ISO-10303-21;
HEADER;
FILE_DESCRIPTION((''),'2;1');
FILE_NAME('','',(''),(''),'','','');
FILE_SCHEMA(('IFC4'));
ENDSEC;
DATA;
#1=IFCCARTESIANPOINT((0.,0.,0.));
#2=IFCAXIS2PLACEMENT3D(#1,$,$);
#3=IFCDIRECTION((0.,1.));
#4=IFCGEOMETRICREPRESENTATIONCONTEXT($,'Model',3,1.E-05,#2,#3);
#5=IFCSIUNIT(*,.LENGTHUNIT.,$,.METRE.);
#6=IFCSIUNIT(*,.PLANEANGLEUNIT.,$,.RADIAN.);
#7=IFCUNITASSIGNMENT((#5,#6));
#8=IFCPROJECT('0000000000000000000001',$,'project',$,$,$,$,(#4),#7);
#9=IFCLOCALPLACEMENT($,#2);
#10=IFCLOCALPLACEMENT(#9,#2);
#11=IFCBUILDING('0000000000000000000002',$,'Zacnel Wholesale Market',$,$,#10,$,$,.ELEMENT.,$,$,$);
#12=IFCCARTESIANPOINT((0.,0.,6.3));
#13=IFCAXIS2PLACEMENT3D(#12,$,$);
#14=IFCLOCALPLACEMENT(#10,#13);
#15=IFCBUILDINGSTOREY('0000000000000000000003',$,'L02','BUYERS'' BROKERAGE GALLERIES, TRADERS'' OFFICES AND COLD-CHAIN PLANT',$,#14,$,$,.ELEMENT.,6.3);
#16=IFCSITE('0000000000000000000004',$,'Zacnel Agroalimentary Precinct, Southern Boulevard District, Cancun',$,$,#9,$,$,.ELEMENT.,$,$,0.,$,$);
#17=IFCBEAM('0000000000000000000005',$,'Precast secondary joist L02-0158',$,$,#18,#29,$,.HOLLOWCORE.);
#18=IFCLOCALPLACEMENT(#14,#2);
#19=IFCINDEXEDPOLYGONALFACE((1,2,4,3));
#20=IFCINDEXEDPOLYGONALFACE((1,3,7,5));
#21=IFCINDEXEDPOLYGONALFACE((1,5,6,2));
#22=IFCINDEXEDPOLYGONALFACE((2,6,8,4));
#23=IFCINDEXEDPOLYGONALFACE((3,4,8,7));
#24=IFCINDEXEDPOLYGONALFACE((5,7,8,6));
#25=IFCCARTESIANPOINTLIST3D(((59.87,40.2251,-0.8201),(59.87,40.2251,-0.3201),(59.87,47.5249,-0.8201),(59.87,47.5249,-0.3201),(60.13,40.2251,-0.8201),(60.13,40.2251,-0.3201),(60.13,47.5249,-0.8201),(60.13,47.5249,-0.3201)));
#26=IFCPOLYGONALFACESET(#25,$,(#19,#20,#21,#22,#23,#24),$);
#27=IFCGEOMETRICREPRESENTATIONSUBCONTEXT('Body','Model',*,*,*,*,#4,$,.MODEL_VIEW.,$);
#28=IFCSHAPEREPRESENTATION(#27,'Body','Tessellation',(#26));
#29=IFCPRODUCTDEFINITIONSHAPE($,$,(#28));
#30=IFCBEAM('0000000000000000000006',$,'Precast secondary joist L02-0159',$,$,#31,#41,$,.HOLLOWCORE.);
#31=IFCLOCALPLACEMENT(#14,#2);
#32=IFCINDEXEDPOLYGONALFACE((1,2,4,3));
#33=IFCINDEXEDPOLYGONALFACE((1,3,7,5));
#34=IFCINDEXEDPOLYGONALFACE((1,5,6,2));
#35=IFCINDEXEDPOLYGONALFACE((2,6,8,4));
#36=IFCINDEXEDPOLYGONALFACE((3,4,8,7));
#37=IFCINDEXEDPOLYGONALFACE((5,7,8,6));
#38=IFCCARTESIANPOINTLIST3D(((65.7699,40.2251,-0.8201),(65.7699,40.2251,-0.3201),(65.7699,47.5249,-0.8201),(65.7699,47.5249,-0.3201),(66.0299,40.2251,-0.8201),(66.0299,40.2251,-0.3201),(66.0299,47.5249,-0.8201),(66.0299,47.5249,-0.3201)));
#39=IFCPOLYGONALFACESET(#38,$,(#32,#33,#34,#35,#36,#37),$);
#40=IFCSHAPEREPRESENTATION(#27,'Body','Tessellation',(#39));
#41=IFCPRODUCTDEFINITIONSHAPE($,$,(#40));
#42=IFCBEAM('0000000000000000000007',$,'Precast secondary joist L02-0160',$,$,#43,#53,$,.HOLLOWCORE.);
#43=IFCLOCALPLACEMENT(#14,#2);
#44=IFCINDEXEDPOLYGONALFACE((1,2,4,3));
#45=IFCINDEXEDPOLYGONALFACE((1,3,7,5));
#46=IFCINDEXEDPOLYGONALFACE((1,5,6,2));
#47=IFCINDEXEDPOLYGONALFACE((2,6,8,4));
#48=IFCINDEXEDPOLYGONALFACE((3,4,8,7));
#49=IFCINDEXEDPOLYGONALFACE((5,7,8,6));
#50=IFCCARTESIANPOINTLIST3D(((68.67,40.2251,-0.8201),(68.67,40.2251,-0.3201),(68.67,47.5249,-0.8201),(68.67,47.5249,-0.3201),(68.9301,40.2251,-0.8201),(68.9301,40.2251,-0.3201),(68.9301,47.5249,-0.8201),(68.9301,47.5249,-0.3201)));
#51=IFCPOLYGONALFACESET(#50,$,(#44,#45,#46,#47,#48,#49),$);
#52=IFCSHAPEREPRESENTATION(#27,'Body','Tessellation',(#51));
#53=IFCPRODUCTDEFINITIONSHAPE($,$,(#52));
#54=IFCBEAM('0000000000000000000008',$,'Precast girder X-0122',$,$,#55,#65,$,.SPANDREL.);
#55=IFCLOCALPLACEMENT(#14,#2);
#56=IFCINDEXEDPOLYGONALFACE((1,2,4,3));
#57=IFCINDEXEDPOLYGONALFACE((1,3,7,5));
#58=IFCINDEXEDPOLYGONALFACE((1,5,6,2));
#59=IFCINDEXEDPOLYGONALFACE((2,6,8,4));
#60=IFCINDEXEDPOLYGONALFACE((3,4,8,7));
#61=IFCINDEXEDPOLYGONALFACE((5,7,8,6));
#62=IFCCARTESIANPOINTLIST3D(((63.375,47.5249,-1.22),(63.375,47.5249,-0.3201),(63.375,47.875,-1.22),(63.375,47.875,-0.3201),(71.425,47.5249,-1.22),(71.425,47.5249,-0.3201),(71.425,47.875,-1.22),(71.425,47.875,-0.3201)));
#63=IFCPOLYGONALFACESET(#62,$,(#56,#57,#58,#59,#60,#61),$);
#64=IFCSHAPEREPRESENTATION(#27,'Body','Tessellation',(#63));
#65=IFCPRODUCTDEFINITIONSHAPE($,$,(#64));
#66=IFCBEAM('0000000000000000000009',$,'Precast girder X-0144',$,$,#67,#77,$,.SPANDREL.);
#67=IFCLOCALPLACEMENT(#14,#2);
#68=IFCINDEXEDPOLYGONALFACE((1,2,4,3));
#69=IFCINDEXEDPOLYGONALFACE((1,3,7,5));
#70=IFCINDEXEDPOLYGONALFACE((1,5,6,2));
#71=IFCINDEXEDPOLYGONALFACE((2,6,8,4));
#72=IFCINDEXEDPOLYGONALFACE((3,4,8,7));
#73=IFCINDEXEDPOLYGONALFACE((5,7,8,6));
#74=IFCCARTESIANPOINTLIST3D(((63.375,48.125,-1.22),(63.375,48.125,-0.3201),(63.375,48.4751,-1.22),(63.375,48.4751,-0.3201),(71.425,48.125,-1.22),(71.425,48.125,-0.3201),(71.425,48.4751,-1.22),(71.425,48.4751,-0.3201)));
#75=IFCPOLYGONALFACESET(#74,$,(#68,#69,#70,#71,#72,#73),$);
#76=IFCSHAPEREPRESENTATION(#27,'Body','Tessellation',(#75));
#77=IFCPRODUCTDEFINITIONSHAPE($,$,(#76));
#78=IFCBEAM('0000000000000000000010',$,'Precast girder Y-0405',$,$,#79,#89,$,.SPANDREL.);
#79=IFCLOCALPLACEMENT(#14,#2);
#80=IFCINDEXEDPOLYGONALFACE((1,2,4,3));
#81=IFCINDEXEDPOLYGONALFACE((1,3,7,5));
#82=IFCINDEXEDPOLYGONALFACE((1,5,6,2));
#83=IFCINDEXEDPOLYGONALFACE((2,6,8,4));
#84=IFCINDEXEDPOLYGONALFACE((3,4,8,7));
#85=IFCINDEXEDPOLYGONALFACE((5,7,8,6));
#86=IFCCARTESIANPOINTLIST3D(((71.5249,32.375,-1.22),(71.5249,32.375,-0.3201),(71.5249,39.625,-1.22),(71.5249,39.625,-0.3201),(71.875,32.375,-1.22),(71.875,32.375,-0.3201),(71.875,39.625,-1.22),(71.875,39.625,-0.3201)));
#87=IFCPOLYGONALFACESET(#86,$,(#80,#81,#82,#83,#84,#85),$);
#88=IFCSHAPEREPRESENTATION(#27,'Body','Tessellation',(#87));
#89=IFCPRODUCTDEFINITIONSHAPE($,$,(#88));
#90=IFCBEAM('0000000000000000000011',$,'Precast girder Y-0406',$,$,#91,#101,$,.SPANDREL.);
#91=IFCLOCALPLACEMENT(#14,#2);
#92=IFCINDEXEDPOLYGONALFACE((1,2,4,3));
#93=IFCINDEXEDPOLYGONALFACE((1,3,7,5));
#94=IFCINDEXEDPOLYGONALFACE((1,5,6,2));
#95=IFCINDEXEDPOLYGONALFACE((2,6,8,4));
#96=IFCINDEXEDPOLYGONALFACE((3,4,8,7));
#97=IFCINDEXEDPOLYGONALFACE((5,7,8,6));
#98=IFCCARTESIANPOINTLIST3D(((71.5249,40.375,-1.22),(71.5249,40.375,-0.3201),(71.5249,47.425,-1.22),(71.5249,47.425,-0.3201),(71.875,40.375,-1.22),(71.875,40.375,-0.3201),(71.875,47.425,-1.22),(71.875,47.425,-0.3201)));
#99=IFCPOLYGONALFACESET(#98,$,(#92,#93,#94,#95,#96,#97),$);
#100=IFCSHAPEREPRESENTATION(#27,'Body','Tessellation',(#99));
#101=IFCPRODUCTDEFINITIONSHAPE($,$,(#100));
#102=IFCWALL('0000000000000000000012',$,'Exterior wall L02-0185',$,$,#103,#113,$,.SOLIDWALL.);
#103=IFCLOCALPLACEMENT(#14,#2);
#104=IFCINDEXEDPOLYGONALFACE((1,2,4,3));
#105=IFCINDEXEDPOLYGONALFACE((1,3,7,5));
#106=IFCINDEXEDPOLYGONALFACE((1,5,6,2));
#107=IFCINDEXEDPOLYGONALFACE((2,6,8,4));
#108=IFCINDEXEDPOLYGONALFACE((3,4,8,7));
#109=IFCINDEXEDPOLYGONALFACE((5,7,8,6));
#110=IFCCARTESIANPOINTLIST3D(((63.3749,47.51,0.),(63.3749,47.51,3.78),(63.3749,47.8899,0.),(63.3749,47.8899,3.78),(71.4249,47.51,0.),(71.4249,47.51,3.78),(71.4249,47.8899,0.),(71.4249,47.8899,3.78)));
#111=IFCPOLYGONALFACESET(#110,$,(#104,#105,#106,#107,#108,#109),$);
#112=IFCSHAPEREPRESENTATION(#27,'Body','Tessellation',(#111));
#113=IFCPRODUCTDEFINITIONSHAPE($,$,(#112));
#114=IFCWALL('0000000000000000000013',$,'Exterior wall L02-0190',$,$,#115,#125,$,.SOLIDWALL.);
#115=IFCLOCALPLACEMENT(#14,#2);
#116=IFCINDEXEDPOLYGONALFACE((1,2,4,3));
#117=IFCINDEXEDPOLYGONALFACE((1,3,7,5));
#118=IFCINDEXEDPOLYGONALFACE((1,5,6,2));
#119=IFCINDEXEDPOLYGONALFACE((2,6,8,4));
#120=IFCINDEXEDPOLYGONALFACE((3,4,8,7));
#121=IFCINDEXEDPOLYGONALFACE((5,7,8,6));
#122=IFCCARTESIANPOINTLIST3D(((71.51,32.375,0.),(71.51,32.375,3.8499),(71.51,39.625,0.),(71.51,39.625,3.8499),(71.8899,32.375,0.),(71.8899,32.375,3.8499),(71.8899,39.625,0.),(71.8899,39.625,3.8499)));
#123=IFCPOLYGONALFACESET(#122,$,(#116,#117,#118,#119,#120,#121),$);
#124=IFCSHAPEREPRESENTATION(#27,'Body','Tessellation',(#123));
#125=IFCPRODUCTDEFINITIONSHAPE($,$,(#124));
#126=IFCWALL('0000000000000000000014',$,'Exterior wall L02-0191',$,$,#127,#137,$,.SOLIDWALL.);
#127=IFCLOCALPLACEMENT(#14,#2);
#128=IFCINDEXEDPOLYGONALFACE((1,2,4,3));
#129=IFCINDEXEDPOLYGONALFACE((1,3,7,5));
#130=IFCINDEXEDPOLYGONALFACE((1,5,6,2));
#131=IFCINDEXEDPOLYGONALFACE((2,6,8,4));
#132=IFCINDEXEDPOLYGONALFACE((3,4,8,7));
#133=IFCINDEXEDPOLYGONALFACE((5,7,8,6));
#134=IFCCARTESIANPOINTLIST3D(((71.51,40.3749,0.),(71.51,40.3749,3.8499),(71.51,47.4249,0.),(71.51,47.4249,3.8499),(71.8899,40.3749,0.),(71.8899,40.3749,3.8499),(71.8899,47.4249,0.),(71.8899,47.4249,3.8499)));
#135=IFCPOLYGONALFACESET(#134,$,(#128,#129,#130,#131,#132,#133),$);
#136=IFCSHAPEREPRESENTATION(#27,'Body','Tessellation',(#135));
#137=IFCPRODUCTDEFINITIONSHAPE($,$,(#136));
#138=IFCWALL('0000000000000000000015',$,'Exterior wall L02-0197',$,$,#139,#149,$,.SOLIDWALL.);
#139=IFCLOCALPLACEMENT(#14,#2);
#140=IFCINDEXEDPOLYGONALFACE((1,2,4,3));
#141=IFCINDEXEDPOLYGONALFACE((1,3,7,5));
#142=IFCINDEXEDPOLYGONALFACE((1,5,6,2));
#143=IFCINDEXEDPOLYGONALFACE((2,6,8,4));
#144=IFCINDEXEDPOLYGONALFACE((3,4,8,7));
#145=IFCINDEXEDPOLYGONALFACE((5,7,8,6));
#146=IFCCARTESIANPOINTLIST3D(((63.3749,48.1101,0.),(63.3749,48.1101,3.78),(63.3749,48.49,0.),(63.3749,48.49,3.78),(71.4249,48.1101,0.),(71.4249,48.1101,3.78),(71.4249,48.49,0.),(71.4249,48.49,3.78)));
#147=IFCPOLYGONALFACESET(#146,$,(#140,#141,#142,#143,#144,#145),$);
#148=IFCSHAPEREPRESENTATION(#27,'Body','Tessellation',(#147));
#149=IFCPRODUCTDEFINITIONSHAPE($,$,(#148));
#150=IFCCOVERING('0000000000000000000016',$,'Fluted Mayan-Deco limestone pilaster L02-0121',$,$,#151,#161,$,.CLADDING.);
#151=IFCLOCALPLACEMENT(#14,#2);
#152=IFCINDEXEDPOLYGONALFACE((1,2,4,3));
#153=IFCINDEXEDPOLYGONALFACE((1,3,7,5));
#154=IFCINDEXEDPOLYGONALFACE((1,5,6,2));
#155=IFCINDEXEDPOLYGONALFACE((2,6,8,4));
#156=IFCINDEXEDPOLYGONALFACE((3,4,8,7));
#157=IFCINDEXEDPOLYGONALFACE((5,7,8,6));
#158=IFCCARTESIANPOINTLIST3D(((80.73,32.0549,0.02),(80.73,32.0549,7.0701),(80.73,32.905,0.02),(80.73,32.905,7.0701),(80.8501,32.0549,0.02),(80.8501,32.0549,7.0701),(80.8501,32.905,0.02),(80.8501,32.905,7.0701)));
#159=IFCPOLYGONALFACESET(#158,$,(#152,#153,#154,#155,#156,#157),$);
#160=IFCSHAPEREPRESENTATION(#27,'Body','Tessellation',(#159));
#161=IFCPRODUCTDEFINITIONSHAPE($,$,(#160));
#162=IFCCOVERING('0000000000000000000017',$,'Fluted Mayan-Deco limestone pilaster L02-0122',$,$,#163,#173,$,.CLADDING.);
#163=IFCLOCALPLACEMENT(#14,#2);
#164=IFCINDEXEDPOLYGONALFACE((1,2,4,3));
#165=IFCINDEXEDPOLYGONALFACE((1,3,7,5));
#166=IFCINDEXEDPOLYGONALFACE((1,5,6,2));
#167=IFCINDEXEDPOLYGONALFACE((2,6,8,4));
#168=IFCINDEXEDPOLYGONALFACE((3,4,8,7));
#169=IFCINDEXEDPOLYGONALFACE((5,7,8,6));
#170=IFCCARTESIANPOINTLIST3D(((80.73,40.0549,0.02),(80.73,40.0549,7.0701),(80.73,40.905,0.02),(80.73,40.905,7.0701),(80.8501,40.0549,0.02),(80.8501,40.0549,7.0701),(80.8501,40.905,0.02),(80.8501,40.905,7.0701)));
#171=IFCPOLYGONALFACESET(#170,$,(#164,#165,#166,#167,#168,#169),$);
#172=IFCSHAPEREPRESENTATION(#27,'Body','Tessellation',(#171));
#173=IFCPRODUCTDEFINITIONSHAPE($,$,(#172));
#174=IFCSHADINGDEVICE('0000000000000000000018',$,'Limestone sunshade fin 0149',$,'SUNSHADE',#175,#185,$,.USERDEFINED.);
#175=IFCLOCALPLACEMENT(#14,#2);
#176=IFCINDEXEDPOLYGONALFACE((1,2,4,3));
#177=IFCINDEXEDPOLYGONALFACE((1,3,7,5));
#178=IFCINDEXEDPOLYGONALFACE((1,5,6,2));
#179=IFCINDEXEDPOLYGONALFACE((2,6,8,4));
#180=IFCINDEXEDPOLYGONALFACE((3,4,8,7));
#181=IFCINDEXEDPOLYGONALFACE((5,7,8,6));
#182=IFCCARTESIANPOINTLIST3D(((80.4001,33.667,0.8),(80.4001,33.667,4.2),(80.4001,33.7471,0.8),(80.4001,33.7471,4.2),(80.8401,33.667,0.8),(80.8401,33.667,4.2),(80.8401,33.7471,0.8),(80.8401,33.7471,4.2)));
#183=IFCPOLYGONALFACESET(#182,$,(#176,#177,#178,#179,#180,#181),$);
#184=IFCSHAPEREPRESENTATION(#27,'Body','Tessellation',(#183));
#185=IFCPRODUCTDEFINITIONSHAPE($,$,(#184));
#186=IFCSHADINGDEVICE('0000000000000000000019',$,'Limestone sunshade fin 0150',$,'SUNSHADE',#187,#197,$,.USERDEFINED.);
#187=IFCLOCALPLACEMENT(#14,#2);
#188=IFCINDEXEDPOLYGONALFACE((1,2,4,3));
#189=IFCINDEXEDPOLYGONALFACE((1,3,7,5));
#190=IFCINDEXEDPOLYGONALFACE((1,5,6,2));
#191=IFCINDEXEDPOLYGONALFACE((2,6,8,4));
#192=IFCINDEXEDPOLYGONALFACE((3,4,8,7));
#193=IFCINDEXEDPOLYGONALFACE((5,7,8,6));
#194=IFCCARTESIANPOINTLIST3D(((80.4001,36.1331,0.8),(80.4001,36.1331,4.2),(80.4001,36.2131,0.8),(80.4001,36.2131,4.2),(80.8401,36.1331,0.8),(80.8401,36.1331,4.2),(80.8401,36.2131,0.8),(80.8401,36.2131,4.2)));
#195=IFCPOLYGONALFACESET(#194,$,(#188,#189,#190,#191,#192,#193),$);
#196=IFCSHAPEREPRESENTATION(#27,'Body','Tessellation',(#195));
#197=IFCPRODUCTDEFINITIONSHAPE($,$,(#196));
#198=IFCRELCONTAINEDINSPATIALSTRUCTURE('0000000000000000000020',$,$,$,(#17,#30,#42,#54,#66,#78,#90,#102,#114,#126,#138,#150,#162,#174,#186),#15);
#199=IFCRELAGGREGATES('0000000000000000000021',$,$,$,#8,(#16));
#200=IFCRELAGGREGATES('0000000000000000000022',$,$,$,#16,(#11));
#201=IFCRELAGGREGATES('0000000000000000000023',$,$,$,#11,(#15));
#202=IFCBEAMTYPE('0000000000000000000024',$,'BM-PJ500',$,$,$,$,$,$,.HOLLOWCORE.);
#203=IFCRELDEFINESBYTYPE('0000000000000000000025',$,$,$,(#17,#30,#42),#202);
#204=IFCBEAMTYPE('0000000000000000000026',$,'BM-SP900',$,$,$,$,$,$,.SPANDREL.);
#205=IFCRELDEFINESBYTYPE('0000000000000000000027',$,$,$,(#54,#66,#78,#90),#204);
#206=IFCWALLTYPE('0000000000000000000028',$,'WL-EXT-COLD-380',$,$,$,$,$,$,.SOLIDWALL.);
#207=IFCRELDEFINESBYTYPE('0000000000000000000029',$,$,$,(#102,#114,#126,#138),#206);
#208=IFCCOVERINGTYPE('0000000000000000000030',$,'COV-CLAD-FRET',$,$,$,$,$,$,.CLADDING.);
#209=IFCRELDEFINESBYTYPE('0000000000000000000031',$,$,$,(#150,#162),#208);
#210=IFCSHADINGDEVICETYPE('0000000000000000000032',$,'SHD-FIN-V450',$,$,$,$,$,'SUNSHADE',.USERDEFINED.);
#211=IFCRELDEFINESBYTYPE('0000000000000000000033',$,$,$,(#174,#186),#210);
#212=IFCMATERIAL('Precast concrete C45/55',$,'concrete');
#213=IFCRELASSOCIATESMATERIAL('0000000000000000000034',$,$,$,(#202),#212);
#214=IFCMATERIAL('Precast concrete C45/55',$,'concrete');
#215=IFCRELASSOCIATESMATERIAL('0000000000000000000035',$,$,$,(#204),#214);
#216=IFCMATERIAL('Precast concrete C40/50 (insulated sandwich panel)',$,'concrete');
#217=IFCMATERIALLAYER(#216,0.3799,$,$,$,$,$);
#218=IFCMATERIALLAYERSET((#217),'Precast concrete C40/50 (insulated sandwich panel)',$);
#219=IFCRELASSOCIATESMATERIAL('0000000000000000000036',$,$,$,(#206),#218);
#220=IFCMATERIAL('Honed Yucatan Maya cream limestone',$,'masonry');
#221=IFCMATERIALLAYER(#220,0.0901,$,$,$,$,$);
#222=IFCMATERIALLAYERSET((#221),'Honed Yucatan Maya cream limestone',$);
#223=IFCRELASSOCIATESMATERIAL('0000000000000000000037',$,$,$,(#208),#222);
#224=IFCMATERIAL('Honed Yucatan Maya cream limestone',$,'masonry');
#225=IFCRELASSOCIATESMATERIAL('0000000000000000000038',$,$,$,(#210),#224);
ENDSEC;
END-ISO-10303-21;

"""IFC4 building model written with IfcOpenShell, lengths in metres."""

from ifc_helpers import new_model, si_unit, direction, frame, frame_2d, origin, origin_2d, place, context, subcontext, project, spatial, rectangle, extrude, material, layer, layer_set, material_profile, profile_set, type_object, element, save


model = new_model("IFC4")

# Units and contexts
model_context = context("Model", 3, precision=1e-05, world=origin(), true_north=direction((0.0, 1.0)))
body_context = subcontext(model_context, "Body", "Model", "MODEL_VIEW")
ifc_project = project(units=[si_unit("LENGTHUNIT", "METRE"), si_unit("PLANEANGLEUNIT", "RADIAN")], contexts=[model_context])

# Site, building, storey
site_placement = place(None, origin())
site = spatial("IfcSite", under=ifc_project, at=site_placement, Name="Zacnel Agroalimentary Precinct, Southern Boulevard District, Cancun", CompositionType="ELEMENT", RefElevation=0.0)
building_placement = place(site_placement, origin())
building = spatial("IfcBuilding", under=site, at=building_placement, Name="Zacnel Wholesale Market", CompositionType="ELEMENT")
storey_placement = place(building_placement, frame((0.0, 0.0, 6.3)))
storey = spatial("IfcBuildingStorey", under=building, at=storey_placement, Name="L02", Description="BUYERS' BROKERAGE GALLERIES, TRADERS' OFFICES AND COLD-CHAIN PLANT", CompositionType="ELEMENT", Elevation=6.3)

# Beams
ifc_material_1 = material(Name="Precast concrete C45/55", Category="concrete")
ifc_material_profile_1 = material_profile(ifc_material_1, rectangle(XDim=0.26, YDim=0.5, at=origin_2d()), Name="PJ 260x500")
ifc_profile_set_1 = profile_set([ifc_material_profile_1], Name="Precast concrete C45/55")
beam_type_1 = type_object("IfcBeamType", Name="BM-PJ500", PredefinedType="HOLLOWCORE", material=ifc_profile_set_1)
for number, where, z_axis, x_axis, name in (
    (1, (60.0, 40.2251, -0.5701), (0.0, 1.0, 0.0), (-1.0, 0.0, 0.0), "Precast secondary joist L02-0158"),
    (2, (65.8999, 40.2251, -0.5701), (0.0, 1.0, 0.0), (-1.0, 0.0, 0.0), "Precast secondary joist L02-0159"),
    (3, (68.8, 40.2251, -0.5701), (0.0, 1.0, 0.0), (-1.0, 0.0, 0.0), "Precast secondary joist L02-0160"),
):
    element("IfcBeam", number, at=place(storey_placement, frame(where, z_axis=z_axis, x_axis=x_axis)), inside=storey, type_object=beam_type_1, Name=name, PredefinedType="HOLLOWCORE", context=body_context, shape_type="SweptSolid", body=[
        extrude(rectangle(XDim=0.26, YDim=0.5, at=origin_2d()), origin(), (0.0, 0.0, 1.0), 7.2998),
    ])
ifc_material_2 = material(Name="Precast concrete C45/55", Category="concrete")
ifc_material_profile_2 = material_profile(ifc_material_2, rectangle(XDim=0.3501, YDim=0.8999, at=origin_2d()), Name="SP 350x900")
ifc_profile_set_2 = profile_set([ifc_material_profile_2], Name="Precast concrete C45/55")
beam_type_2 = type_object("IfcBeamType", Name="BM-SP900", PredefinedType="SPANDREL", material=ifc_profile_set_2)
for number, where, z_axis, x_axis, name in (
    (4, (63.375, 47.7, -0.77), (1.0, 0.0, 0.0), (0.0, 1.0, 0.0), "Precast girder X-0122"),
    (5, (63.375, 48.3, -0.77), (1.0, 0.0, 0.0), (0.0, 1.0, 0.0), "Precast girder X-0144"),
):
    element("IfcBeam", number, at=place(storey_placement, frame(where, z_axis=z_axis, x_axis=x_axis)), inside=storey, type_object=beam_type_2, Name=name, PredefinedType="SPANDREL", context=body_context, shape_type="SweptSolid", body=[
        extrude(rectangle(XDim=0.3501, YDim=0.8999, at=origin_2d()), origin(), (0.0, 0.0, 1.0), 8.05),
    ])
beam_1_placement = place(storey_placement, frame((71.7, 32.375, -0.77), z_axis=(0.0, 1.0, 0.0), x_axis=(-1.0, 0.0, 0.0)))
element("IfcBeam", 6, at=beam_1_placement, inside=storey, type_object=beam_type_2, Name="Precast girder Y-0405", PredefinedType="SPANDREL", context=body_context, shape_type="SweptSolid", body=[
    extrude(rectangle(XDim=0.3501, YDim=0.8999, at=origin_2d()), origin(), (0.0, 0.0, 1.0), 7.25),
])
beam_2_placement = place(storey_placement, frame((71.7, 40.375, -0.77), z_axis=(0.0, 1.0, 0.0), x_axis=(-1.0, 0.0, 0.0)))
element("IfcBeam", 7, at=beam_2_placement, inside=storey, type_object=beam_type_2, Name="Precast girder Y-0406", PredefinedType="SPANDREL", context=body_context, shape_type="SweptSolid", body=[
    extrude(rectangle(XDim=0.3501, YDim=0.8999, at=origin_2d()), origin(), (0.0, 0.0, 1.0), 7.05),
])

# Walls
ifc_material_3 = material(Name="Precast concrete C40/50 (insulated sandwich panel)", Category="concrete")
ifc_layer_1 = layer(ifc_material_3, 0.3799)
ifc_layer_set_1 = layer_set([ifc_layer_1], Name="Precast concrete C40/50 (insulated sandwich panel)")
wall_type = type_object("IfcWallType", Name="WL-EXT-COLD-380", PredefinedType="SOLIDWALL", material=ifc_layer_set_1)
wall_1_placement = place(storey_placement, frame((63.375, 47.7, 0.0), z_axis=(0.0, 0.0, 1.0), x_axis=(1.0, 0.0, 0.0)))
element("IfcWall", 8, at=wall_1_placement, inside=storey, type_object=wall_type, Name="Exterior wall L02-0185", PredefinedType="SOLIDWALL", context=body_context, shape_type="SweptSolid", body=[
    extrude(rectangle(XDim=8.05, YDim=0.3799, at=frame_2d((4.0249, 0.0))), origin(), (0.0, 0.0, 1.0), 3.78),
])
wall_2_placement = place(storey_placement, frame((71.7, 32.375, 0.0), z_axis=(0.0, 0.0, 1.0), x_axis=(0.0, 1.0, 0.0)))
element("IfcWall", 9, at=wall_2_placement, inside=storey, type_object=wall_type, Name="Exterior wall L02-0190", PredefinedType="SOLIDWALL", context=body_context, shape_type="SweptSolid", body=[
    extrude(rectangle(XDim=7.25, YDim=0.3799, at=frame_2d((3.625, 0.0))), origin(), (0.0, 0.0, 1.0), 3.8499),
])
wall_3_placement = place(storey_placement, frame((71.7, 40.375, 0.0), z_axis=(0.0, 0.0, 1.0), x_axis=(0.0, 1.0, 0.0)))
element("IfcWall", 10, at=wall_3_placement, inside=storey, type_object=wall_type, Name="Exterior wall L02-0191", PredefinedType="SOLIDWALL", context=body_context, shape_type="SweptSolid", body=[
    extrude(rectangle(XDim=7.05, YDim=0.3799, at=frame_2d((3.5249, 0.0))), origin(), (0.0, 0.0, 1.0), 3.8499),
])
wall_4_placement = place(storey_placement, frame((63.375, 48.3, 0.0), z_axis=(0.0, 0.0, 1.0), x_axis=(1.0, 0.0, 0.0)))
element("IfcWall", 11, at=wall_4_placement, inside=storey, type_object=wall_type, Name="Exterior wall L02-0197", PredefinedType="SOLIDWALL", context=body_context, shape_type="SweptSolid", body=[
    extrude(rectangle(XDim=8.05, YDim=0.3799, at=frame_2d((4.0249, 0.0))), origin(), (0.0, 0.0, 1.0), 3.78),
])

# Coverings
ifc_material_4 = material(Name="Honed Yucatan Maya cream limestone", Category="masonry")
ifc_layer_2 = layer(ifc_material_4, 0.0901)
ifc_layer_set_2 = layer_set([ifc_layer_2], Name="Honed Yucatan Maya cream limestone")
covering_type = type_object("IfcCoveringType", Name="COV-CLAD-FRET", PredefinedType="CLADDING", material=ifc_layer_set_2)
for number, where, z_axis, x_axis, name in (
    (12, (80.79, 32.48, 0.02), (0.0, 0.0, 1.0), (0.0, 1.0, 0.0), "Fluted Mayan-Deco limestone pilaster L02-0121"),
    (13, (80.79, 40.48, 0.02), (0.0, 0.0, 1.0), (0.0, 1.0, 0.0), "Fluted Mayan-Deco limestone pilaster L02-0122"),
):
    element("IfcCovering", number, at=place(storey_placement, frame(where, z_axis=z_axis, x_axis=x_axis)), inside=storey, type_object=covering_type, Name=name, PredefinedType="CLADDING", context=body_context, shape_type="SweptSolid", body=[
        extrude(rectangle(XDim=0.8501, YDim=0.1201, at=origin_2d()), origin(), (0.0, 0.0, 1.0), 7.05),
    ])

# Shading devices
ifc_material_5 = material(Name="Honed Yucatan Maya cream limestone", Category="masonry")
shading_device_type = type_object("IfcShadingDeviceType", Name="SHD-FIN-V450", ElementType="SUNSHADE", PredefinedType="USERDEFINED", material=ifc_material_5)
for number, where, z_axis, x_axis, name in (
    (14, (80.6201, 33.707, 0.8), (0.0, 0.0, 1.0), (0.0, 1.0, 0.0), "Limestone sunshade fin 0149"),
    (15, (80.6201, 36.1731, 0.8), (0.0, 0.0, 1.0), (0.0, 1.0, 0.0), "Limestone sunshade fin 0150"),
):
    element("IfcShadingDevice", number, at=place(storey_placement, frame(where, z_axis=z_axis, x_axis=x_axis)), inside=storey, type_object=shading_device_type, Name=name, ObjectType="SUNSHADE", PredefinedType="USERDEFINED", context=body_context, shape_type="SweptSolid", body=[
        extrude(rectangle(XDim=0.0801, YDim=0.4399, at=origin_2d()), origin(), (0.0, 0.0, 1.0), 3.3999),
    ])

save(model, "model.ifc")
